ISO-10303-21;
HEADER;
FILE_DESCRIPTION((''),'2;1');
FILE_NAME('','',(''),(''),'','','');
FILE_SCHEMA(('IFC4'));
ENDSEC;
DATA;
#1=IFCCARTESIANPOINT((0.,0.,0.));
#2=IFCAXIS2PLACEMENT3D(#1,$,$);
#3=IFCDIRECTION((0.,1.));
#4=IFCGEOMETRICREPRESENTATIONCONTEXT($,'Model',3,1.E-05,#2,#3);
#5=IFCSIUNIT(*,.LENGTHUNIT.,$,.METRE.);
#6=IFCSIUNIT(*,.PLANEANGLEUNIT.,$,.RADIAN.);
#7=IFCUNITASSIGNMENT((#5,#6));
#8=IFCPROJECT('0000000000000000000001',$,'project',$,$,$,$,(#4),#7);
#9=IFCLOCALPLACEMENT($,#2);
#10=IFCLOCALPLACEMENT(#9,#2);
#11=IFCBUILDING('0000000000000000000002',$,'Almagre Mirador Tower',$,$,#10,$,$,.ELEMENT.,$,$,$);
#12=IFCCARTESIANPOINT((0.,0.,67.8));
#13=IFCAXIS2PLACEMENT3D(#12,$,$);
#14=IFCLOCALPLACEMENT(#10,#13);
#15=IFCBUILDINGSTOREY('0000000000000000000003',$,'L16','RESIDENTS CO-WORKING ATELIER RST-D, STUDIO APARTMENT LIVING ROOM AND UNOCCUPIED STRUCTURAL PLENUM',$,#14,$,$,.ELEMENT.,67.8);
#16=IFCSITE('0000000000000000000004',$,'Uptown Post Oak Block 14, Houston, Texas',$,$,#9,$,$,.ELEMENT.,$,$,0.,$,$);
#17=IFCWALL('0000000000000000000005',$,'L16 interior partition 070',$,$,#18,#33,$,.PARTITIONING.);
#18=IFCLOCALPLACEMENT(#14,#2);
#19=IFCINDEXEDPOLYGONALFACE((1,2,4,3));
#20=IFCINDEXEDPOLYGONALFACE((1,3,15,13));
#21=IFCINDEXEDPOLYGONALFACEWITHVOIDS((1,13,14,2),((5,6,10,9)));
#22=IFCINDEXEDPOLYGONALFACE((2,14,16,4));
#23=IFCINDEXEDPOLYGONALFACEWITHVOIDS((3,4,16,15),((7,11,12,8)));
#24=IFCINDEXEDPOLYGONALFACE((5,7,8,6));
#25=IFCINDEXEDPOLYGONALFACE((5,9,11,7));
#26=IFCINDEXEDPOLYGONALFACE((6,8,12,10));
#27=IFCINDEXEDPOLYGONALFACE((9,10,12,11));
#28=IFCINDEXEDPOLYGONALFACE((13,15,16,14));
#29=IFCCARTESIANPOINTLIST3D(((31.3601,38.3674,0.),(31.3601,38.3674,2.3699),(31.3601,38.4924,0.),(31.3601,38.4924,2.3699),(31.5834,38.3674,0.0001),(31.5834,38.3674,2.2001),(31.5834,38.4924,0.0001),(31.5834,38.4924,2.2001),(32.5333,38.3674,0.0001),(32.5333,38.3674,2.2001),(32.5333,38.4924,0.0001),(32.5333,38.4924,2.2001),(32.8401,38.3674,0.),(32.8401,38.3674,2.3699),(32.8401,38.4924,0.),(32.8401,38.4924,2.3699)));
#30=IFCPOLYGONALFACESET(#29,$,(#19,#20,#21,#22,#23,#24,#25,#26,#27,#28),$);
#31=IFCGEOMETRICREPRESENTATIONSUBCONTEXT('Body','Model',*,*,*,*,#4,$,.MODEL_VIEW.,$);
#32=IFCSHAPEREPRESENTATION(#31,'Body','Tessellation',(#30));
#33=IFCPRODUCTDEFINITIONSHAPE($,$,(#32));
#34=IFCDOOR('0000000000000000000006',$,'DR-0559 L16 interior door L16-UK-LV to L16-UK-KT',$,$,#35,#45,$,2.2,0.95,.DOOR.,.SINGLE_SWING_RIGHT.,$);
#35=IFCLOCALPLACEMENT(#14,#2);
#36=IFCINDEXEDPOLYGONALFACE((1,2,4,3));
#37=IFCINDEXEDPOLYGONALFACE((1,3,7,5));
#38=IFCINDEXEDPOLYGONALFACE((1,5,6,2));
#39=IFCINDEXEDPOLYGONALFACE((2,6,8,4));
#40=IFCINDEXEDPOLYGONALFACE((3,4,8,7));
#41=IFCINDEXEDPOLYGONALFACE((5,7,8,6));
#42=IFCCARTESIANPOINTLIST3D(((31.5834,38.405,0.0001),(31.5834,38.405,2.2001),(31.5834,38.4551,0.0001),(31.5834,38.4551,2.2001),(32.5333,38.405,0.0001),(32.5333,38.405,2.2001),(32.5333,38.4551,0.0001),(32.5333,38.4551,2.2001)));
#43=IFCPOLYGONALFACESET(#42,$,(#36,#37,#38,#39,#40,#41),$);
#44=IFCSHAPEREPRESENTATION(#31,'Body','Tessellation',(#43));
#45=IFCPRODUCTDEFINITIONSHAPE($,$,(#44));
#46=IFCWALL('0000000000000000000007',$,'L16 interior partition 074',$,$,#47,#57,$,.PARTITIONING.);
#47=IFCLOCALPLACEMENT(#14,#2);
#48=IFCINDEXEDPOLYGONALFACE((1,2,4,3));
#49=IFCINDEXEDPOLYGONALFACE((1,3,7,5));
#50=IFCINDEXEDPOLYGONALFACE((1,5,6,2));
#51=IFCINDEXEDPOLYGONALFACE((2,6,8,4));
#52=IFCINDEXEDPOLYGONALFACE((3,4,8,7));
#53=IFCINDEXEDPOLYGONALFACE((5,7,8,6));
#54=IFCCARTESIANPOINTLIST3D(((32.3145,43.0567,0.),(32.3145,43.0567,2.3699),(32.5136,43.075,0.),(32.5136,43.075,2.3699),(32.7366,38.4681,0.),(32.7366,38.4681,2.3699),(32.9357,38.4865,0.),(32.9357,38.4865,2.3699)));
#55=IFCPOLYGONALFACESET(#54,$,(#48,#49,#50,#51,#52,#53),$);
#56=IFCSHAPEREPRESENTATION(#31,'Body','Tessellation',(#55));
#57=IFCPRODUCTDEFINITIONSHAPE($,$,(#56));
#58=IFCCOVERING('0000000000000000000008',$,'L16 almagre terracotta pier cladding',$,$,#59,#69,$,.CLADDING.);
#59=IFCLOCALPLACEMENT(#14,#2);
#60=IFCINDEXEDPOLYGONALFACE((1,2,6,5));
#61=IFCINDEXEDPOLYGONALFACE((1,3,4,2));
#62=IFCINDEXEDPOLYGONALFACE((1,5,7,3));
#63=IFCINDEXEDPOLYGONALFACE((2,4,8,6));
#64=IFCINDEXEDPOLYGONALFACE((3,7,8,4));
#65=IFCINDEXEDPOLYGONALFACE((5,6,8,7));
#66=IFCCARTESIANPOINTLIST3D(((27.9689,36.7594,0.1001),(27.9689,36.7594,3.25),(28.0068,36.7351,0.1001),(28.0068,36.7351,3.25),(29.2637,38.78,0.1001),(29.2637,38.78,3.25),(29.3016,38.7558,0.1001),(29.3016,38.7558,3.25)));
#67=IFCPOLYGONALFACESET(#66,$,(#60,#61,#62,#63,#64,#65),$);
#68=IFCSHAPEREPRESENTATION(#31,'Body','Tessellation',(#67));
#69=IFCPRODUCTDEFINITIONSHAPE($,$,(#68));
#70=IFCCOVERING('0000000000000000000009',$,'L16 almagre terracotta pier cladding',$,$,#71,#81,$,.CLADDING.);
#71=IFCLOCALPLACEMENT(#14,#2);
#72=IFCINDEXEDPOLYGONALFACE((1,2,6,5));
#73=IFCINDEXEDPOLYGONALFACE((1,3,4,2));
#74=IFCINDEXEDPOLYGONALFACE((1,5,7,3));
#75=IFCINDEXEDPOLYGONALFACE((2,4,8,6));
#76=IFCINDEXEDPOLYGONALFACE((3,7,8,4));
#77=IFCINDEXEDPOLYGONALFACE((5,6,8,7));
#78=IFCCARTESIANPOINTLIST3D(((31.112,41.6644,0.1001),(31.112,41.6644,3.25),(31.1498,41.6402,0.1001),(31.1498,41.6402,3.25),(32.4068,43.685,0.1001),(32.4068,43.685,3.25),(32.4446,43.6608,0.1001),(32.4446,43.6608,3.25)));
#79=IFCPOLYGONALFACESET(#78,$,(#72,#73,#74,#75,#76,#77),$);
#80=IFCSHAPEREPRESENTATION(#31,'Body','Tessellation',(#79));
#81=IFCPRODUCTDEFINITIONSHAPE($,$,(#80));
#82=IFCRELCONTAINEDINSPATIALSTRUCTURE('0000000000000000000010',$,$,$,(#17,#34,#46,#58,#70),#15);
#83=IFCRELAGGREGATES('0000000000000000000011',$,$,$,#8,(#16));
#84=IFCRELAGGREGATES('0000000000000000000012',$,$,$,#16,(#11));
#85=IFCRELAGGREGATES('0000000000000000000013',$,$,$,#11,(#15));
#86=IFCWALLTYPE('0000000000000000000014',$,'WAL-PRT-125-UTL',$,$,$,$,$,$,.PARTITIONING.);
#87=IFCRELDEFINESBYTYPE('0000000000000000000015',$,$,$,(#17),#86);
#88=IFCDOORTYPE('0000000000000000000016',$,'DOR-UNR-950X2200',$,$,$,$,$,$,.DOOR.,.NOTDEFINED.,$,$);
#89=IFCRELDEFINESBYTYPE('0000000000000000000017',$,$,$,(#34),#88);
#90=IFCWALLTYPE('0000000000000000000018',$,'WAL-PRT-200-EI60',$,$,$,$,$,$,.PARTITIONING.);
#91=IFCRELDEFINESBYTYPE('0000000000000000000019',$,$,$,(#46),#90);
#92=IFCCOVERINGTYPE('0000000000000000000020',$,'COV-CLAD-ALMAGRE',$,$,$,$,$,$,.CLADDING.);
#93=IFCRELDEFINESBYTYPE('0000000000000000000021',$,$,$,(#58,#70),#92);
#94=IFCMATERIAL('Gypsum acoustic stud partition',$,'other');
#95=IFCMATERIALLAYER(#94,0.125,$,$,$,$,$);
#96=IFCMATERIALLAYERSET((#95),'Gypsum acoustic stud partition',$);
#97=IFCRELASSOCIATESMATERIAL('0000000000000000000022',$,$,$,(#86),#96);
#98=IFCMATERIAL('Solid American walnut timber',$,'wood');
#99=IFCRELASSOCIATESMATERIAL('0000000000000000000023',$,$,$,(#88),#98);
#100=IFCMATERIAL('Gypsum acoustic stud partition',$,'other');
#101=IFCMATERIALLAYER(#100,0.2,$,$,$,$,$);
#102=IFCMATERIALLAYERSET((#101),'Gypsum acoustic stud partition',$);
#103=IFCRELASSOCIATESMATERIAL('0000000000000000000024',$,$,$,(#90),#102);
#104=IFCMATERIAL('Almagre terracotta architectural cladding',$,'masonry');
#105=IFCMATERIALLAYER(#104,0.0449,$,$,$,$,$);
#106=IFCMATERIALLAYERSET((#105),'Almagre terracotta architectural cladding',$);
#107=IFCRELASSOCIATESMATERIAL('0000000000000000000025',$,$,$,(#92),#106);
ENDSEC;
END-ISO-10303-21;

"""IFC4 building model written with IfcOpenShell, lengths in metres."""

from ifc_helpers import new_model, si_unit, direction, frame, frame_2d, origin, origin_2d, place, context, subcontext, project, spatial, rectangle, extrude, material, layer, layer_set, type_object, element, fill, save


model = new_model("IFC4")

# Units and contexts
model_context = context("Model", 3, precision=1e-05, world=origin(), true_north=direction((0.0, 1.0)))
body_context = subcontext(model_context, "Body", "Model", "MODEL_VIEW")
ifc_project = project(units=[si_unit("LENGTHUNIT", "METRE"), si_unit("PLANEANGLEUNIT", "RADIAN")], contexts=[model_context])

# Site, building, storey
site_placement = place(None, origin())
site = spatial("IfcSite", under=ifc_project, at=site_placement, Name="Uptown Post Oak Block 14, Houston, Texas", CompositionType="ELEMENT", RefElevation=0.0)
building_placement = place(site_placement, origin())
building = spatial("IfcBuilding", under=site, at=building_placement, Name="Almagre Mirador Tower", CompositionType="ELEMENT")
storey_placement = place(building_placement, frame((0.0, 0.0, 67.8)))
storey = spatial("IfcBuildingStorey", under=building, at=storey_placement, Name="L16", Description="RESIDENTS CO-WORKING ATELIER RST-D, STUDIO APARTMENT LIVING ROOM AND UNOCCUPIED STRUCTURAL PLENUM", CompositionType="ELEMENT", Elevation=67.8)

# Wall, opening, door
ifc_material_1 = material(Name="Gypsum acoustic stud partition", Category="other")
ifc_layer_1 = layer(ifc_material_1, 0.125)
ifc_layer_set_1 = layer_set([ifc_layer_1], Name="Gypsum acoustic stud partition")
wall_type_1 = type_object("IfcWallType", Name="WAL-PRT-125-UTL", PredefinedType="PARTITIONING", material=ifc_layer_set_1)
wall_1_placement = place(storey_placement, frame((32.8401, 38.4299, 0.0), z_axis=(0.0, 0.0, 1.0), x_axis=(-1.0, 0.0, 0.0)))
wall_1 = element("IfcWall", 1, at=wall_1_placement, inside=storey, type_object=wall_type_1, Name="L16 interior partition 070", PredefinedType="PARTITIONING", context=body_context, shape_type="SweptSolid", body=[
    extrude(rectangle(XDim=1.48, YDim=0.125, at=frame_2d((0.74, 0.0))), origin(), (0.0, 0.0, 1.0), 2.3699),
])
opening_1_placement = place(wall_1_placement, frame((0.3066, 0.0, 0.0)))
opening_1 = element("IfcOpeningElement", 2, at=opening_1_placement, cuts=wall_1, PredefinedType="OPENING", context=body_context, shape_type="SweptSolid", body=[
    extrude(rectangle(XDim=0.95, YDim=2.2, at=frame_2d((0.4751, 1.1001))), frame((0.0, 0.0725, 0.0), z_axis=(0.0, -1.0, 0.0), x_axis=(1.0, 0.0, 0.0)), (0.0, 0.0, 1.0), 0.145),
])
ifc_material_2 = material(Name="Solid American walnut timber", Category="wood")
door_type = type_object("IfcDoorType", Name="DOR-UNR-950X2200", OperationType="NOTDEFINED", PredefinedType="DOOR", material=ifc_material_2)
door_placement = place(opening_1_placement, origin())
door = element("IfcDoor", 3, at=door_placement, inside=storey, type_object=door_type, Name="DR-0559 L16 interior door L16-UK-LV to L16-UK-KT", OperationType="SINGLE_SWING_RIGHT", OverallHeight=2.2, OverallWidth=0.95, PredefinedType="DOOR", context=body_context, shape_type="SweptSolid", body=[
    extrude(rectangle(XDim=0.95, YDim=2.2, at=frame_2d((0.4751, 1.1001))), frame((0.0, 0.0249, 0.0), z_axis=(0.0, -1.0, 0.0), x_axis=(1.0, 0.0, 0.0)), (0.0, 0.0, 1.0), 0.05),
])
fill(opening_1, door)

# Wall
ifc_material_3 = material(Name="Gypsum acoustic stud partition", Category="other")
ifc_layer_2 = layer(ifc_material_3, 0.2)
ifc_layer_set_2 = layer_set([ifc_layer_2], Name="Gypsum acoustic stud partition")
wall_type_2 = type_object("IfcWallType", Name="WAL-PRT-200-EI60", PredefinedType="PARTITIONING", material=ifc_layer_set_2)
wall_2_placement = place(storey_placement, frame((32.8362, 38.4773, 0.0), z_axis=(0.0, 0.0, 1.0), x_axis=(-0.091606, 0.995795, 0.0)))
element("IfcWall", 4, at=wall_2_placement, inside=storey, type_object=wall_type_2, Name="L16 interior partition 074", PredefinedType="PARTITIONING", context=body_context, shape_type="SweptSolid", body=[
    extrude(rectangle(XDim=4.6079, YDim=0.2, at=frame_2d((2.304, 0.0))), origin(), (0.0, 0.0, 1.0), 2.3699),
])

# Coverings
ifc_material_4 = material(Name="Almagre terracotta architectural cladding", Category="masonry")
ifc_layer_3 = layer(ifc_material_4, 0.0449)
ifc_layer_set_3 = layer_set([ifc_layer_3], Name="Almagre terracotta architectural cladding")
covering_type = type_object("IfcCoveringType", Name="COV-CLAD-ALMAGRE", PredefinedType="CLADDING", material=ifc_layer_set_3)
for number, where, z_axis, x_axis, name in (
    (5, (28.6353, 37.7576, 0.1001), (0.0, 0.0, 1.0), (0.53952, 0.841972, 0.0), "L16 almagre terracotta pier cladding"),
    (6, (31.7783, 42.6626, 0.1001), (0.0, 0.0, 1.0), (0.53952, 0.841972, 0.0), "L16 almagre terracotta pier cladding"),
):
    element("IfcCovering", number, at=place(storey_placement, frame(where, z_axis=z_axis, x_axis=x_axis)), inside=storey, type_object=covering_type, Name=name, PredefinedType="CLADDING", context=body_context, shape_type="SweptSolid", body=[
        extrude(rectangle(XDim=2.3999, YDim=0.0449, at=origin_2d()), origin(), (0.0, 0.0, 1.0), 3.1499),
    ])

save(model, "model.ifc")
